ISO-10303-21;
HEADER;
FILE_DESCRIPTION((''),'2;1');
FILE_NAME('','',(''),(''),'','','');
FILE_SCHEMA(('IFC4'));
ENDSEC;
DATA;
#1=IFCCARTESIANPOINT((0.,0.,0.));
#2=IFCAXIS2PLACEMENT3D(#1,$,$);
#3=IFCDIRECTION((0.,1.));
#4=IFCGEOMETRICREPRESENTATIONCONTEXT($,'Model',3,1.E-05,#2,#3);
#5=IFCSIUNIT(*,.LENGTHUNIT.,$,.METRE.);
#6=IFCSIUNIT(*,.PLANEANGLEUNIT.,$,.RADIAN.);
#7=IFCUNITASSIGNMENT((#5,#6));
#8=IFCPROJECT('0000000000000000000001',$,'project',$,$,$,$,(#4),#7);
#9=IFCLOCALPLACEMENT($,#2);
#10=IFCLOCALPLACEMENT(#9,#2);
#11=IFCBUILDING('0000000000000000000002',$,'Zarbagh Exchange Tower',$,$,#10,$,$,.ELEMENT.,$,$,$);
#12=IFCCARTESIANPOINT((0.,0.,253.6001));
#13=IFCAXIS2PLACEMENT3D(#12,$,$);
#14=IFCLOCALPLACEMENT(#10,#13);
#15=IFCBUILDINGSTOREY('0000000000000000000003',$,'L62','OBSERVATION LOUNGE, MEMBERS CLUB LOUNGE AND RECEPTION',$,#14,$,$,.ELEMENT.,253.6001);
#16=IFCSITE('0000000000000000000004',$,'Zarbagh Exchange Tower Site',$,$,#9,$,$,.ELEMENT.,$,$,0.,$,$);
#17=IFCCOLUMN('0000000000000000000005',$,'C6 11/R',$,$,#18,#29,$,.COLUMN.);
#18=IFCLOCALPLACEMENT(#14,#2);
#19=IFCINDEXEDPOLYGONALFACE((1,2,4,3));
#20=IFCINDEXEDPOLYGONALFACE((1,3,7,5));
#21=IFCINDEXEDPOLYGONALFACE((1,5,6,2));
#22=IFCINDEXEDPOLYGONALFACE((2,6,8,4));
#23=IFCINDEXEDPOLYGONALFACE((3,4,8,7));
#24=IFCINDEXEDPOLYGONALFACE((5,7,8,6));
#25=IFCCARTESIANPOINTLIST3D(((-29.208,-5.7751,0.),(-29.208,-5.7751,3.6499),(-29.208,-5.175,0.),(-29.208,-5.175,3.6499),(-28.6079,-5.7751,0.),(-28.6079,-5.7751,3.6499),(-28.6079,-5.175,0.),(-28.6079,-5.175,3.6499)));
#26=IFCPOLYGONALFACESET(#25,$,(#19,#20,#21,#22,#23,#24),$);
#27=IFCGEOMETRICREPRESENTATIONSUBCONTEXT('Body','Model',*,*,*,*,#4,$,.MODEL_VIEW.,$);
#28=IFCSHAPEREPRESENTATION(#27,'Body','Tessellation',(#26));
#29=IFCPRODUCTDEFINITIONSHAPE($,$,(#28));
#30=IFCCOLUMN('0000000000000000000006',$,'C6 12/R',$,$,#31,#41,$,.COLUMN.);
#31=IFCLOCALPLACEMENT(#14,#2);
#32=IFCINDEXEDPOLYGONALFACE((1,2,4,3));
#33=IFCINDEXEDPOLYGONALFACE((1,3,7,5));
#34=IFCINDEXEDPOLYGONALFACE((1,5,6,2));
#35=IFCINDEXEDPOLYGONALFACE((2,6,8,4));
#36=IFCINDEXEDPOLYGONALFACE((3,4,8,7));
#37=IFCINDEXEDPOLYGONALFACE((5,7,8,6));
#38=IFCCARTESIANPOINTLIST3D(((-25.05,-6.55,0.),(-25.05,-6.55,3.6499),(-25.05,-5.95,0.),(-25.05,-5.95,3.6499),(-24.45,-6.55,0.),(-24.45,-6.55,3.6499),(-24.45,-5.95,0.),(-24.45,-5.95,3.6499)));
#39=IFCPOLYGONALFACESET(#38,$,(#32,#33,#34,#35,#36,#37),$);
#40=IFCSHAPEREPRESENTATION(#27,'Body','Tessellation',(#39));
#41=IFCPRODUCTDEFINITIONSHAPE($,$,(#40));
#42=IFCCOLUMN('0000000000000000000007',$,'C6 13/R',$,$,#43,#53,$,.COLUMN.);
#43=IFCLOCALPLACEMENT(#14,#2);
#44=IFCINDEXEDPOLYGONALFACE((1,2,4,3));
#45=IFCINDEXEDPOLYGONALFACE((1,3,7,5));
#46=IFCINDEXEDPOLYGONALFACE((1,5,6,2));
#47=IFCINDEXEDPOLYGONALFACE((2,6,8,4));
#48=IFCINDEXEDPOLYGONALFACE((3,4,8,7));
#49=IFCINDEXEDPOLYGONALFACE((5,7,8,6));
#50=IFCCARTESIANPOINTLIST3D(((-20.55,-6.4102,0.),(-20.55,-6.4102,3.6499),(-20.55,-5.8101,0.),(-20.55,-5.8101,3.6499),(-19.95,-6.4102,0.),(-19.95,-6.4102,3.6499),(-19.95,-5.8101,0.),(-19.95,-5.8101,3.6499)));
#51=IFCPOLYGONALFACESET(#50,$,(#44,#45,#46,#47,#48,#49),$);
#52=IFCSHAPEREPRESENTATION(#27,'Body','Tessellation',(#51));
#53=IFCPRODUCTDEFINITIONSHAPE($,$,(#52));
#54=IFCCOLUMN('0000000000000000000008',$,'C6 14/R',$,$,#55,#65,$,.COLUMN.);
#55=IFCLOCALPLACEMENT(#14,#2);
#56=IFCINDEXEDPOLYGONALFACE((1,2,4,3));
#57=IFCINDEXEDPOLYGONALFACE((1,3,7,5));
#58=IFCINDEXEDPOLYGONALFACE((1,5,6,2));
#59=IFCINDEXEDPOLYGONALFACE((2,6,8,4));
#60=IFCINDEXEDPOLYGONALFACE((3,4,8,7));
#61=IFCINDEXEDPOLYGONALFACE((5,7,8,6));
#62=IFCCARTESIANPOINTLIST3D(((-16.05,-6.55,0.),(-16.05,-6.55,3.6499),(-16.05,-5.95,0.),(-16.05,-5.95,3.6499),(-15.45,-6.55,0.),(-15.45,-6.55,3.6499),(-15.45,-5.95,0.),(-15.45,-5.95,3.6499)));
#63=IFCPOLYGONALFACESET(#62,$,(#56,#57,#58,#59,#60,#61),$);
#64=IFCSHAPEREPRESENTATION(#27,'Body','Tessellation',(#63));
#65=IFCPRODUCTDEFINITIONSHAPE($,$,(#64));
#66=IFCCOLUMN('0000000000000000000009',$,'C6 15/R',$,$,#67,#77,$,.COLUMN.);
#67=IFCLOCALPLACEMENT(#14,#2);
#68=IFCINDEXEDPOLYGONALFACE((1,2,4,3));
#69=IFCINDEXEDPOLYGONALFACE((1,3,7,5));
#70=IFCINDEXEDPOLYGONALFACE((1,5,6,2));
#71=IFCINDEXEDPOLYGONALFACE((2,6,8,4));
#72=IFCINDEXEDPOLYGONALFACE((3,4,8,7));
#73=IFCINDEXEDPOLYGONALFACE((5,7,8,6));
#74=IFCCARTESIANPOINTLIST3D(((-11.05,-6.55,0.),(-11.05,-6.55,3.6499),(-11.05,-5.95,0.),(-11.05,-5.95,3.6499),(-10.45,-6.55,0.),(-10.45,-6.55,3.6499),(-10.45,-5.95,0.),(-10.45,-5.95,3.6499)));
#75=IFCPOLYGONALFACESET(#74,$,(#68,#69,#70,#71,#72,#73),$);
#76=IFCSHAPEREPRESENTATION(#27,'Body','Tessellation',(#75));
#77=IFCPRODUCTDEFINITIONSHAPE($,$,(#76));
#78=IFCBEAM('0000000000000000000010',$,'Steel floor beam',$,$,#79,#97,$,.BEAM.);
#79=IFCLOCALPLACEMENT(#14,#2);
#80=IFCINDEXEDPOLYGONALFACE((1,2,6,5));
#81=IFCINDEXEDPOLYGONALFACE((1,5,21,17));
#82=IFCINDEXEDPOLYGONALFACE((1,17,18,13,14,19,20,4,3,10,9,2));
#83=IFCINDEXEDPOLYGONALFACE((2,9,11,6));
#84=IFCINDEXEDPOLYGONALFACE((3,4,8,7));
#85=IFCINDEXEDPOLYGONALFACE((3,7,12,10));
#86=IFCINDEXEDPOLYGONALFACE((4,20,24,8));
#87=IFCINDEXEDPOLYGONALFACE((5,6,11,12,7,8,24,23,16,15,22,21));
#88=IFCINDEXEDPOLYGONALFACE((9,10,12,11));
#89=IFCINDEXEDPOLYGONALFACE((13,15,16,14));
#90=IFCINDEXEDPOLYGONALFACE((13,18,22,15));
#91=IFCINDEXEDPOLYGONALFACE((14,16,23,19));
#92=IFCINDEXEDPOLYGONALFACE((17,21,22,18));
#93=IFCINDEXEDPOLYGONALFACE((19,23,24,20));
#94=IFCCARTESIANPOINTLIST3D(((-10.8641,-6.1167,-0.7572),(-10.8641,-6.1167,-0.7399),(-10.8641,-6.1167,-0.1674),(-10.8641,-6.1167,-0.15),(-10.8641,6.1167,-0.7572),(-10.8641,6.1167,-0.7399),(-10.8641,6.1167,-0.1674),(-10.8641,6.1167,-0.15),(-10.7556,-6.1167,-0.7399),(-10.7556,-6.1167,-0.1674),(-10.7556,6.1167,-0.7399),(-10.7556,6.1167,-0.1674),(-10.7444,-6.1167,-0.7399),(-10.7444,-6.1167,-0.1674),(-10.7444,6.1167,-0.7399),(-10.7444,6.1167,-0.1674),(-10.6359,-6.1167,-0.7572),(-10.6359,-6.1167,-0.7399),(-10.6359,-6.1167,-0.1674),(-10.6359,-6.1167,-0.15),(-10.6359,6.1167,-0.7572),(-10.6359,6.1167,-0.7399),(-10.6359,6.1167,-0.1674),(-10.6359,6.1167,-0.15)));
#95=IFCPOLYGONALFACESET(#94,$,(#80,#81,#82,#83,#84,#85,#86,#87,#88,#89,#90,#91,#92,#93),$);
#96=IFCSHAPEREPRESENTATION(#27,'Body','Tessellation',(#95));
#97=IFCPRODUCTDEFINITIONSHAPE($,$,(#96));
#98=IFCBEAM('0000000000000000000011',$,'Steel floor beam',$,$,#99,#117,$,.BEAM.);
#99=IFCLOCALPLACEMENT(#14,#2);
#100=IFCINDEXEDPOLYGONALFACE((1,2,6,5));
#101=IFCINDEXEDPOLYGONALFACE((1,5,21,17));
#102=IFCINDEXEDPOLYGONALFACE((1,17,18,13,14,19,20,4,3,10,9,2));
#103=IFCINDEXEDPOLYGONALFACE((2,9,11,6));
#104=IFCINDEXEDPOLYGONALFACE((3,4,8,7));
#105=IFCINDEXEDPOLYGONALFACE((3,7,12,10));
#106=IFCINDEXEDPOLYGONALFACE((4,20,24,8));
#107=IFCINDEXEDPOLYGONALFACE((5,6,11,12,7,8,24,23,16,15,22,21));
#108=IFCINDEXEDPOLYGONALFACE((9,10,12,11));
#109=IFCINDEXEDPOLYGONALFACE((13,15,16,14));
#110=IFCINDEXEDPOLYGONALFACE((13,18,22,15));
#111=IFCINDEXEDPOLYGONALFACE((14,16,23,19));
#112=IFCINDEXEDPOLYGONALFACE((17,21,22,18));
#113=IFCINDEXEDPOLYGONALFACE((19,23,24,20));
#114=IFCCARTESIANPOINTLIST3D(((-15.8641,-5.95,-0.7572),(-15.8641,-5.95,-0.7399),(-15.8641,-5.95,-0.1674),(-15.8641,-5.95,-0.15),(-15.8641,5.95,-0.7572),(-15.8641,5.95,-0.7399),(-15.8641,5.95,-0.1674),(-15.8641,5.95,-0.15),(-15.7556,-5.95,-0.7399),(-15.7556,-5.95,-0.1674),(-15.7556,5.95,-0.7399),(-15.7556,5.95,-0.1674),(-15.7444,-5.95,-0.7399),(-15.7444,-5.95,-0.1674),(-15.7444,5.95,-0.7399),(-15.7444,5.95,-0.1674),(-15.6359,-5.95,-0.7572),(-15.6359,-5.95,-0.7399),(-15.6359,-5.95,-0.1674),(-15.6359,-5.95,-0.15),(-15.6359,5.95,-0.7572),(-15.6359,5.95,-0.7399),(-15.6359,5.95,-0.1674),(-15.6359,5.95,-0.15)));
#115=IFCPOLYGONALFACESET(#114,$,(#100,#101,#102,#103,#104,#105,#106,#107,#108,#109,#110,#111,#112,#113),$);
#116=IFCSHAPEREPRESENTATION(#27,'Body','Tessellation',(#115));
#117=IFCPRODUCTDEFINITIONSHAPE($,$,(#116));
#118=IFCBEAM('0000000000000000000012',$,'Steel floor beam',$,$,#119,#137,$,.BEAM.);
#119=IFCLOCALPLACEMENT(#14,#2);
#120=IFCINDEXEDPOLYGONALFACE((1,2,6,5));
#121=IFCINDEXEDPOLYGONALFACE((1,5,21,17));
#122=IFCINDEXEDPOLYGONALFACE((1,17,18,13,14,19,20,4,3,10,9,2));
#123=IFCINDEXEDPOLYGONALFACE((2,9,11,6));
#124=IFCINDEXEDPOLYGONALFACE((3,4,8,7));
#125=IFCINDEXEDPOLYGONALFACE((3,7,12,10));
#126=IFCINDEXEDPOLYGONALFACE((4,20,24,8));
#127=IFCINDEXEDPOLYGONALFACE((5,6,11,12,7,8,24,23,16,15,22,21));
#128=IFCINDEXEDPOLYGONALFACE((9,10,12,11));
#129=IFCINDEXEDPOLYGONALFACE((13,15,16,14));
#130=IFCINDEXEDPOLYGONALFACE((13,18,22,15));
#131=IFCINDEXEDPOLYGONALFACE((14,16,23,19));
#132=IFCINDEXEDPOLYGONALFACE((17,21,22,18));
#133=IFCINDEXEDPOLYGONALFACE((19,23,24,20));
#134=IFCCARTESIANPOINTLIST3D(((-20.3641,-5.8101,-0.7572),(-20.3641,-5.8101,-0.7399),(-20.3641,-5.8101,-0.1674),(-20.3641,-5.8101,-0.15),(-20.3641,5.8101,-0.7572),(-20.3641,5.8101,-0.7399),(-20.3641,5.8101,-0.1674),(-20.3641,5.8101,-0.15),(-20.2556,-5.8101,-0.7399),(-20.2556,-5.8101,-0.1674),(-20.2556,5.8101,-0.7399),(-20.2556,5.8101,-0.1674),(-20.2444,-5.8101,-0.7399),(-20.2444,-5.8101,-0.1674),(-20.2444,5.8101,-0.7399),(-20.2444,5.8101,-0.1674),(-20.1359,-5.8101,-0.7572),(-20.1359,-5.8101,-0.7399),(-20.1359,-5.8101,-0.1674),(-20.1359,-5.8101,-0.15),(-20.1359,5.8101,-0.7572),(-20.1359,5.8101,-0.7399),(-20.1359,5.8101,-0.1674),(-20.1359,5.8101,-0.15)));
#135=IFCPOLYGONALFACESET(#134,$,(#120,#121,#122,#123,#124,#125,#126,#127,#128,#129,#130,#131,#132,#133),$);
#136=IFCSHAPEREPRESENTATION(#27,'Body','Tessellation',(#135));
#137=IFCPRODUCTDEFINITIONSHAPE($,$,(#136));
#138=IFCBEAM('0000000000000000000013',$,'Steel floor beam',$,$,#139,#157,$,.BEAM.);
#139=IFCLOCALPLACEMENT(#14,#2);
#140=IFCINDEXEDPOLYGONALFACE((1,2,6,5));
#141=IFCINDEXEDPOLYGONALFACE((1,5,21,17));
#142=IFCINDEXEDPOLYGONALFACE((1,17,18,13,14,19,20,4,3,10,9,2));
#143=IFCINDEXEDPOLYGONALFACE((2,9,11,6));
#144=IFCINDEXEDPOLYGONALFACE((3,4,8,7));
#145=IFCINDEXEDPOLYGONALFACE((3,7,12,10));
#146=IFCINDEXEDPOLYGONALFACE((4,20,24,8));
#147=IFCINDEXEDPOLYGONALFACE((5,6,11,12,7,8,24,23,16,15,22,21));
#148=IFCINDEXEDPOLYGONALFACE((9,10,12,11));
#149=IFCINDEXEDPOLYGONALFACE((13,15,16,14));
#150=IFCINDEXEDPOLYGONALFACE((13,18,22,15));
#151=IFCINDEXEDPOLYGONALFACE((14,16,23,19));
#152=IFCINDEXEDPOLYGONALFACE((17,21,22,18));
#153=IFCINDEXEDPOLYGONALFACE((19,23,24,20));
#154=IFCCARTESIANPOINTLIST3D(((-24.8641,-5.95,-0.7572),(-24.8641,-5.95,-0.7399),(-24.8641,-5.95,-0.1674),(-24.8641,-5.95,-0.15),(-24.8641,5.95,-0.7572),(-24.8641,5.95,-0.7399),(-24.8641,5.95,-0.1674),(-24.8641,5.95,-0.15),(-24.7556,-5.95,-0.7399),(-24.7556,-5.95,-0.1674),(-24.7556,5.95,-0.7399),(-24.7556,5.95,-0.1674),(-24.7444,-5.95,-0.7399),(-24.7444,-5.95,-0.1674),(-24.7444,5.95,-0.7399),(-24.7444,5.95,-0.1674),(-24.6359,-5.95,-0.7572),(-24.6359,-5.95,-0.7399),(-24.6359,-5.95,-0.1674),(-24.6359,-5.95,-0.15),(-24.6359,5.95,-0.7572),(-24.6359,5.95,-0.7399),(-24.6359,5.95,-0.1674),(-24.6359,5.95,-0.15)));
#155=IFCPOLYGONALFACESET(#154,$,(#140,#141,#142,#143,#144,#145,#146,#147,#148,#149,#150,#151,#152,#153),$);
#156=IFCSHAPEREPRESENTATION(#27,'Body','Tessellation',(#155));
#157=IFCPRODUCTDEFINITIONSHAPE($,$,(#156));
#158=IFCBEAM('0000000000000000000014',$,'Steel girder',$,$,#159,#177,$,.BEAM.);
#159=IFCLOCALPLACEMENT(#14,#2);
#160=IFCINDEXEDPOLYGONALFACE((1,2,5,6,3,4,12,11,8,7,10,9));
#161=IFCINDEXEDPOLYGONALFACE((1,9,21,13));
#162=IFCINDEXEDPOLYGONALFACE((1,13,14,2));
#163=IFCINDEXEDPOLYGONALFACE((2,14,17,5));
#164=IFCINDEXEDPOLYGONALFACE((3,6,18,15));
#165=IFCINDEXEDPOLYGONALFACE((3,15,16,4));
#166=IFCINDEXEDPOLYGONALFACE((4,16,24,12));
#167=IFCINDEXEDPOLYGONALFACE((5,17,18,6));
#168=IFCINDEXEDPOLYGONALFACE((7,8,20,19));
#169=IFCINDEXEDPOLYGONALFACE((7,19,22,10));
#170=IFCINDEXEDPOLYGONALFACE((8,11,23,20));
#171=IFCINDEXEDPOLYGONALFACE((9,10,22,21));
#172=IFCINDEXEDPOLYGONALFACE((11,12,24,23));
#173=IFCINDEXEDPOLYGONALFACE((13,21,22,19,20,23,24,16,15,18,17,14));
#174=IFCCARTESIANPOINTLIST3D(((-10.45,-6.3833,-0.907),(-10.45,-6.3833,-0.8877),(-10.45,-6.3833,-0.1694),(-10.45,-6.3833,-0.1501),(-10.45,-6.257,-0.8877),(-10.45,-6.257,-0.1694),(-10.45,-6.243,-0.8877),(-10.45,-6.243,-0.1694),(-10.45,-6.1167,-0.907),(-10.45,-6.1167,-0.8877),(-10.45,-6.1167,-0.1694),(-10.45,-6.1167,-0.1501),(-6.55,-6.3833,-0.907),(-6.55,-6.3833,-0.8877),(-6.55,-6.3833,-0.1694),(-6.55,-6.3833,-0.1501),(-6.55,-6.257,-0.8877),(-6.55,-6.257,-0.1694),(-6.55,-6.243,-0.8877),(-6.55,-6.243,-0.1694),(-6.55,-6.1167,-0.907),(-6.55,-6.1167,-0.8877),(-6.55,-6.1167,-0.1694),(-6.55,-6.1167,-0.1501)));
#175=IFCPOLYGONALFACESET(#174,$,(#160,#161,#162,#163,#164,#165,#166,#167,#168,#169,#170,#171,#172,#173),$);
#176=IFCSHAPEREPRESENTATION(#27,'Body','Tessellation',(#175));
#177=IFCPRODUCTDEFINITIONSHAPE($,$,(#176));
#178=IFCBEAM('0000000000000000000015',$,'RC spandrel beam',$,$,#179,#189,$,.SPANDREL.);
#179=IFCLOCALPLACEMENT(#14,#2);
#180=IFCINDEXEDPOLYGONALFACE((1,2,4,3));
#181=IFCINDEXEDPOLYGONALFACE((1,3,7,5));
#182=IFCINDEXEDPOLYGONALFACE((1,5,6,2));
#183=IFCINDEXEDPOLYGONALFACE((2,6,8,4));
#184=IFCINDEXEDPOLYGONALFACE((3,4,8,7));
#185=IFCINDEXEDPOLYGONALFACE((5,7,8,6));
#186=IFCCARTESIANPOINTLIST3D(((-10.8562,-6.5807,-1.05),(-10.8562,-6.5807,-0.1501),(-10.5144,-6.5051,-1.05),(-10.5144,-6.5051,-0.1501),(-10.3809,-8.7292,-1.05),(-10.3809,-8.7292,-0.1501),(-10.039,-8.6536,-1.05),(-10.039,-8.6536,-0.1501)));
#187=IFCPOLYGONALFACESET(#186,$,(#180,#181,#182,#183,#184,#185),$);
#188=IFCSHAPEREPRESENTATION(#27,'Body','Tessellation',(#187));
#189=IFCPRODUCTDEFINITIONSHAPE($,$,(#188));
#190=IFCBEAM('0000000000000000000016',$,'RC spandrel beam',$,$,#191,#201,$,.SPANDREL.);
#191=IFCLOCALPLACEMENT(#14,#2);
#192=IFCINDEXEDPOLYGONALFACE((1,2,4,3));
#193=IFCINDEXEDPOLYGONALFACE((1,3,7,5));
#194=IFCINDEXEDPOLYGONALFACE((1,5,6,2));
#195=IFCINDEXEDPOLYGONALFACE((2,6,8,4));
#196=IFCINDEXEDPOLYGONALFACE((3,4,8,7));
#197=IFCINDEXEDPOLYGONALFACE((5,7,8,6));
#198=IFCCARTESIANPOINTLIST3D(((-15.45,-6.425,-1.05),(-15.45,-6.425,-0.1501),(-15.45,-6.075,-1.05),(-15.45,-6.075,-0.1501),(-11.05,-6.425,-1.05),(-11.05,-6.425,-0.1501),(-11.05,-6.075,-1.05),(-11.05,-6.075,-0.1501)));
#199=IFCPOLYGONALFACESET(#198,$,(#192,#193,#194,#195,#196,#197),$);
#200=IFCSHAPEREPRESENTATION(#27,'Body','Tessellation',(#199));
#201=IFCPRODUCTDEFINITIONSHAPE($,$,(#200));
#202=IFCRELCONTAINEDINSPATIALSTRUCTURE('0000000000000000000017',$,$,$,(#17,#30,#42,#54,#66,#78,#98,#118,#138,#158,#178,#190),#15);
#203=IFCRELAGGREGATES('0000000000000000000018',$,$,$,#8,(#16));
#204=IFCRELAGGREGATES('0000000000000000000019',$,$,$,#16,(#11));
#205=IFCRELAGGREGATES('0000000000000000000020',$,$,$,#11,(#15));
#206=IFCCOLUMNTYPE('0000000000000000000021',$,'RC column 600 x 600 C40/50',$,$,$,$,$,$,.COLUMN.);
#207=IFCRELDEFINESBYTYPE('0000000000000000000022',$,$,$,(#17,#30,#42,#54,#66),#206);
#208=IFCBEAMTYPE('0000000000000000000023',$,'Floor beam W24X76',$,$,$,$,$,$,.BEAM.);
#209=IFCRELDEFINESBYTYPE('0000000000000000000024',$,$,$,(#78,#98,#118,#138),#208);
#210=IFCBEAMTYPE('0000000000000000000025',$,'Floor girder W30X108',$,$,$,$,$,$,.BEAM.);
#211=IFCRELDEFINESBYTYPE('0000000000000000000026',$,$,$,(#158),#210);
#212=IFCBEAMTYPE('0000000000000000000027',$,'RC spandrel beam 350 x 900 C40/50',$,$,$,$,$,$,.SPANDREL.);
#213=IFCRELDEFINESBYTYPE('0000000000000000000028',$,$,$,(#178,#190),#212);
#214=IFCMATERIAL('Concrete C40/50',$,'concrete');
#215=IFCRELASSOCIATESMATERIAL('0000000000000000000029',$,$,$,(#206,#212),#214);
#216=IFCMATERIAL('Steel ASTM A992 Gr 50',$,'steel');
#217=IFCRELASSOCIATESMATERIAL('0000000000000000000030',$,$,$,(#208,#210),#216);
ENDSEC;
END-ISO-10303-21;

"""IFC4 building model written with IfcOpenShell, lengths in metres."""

from ifc_helpers import new_model, si_unit, direction, frame, origin, origin_2d, place, context, subcontext, project, spatial, rectangle, i_section, extrude, material, material_profile, profile_set, type_object, element, save


model = new_model("IFC4")

# Units and contexts
model_context = context("Model", 3, precision=1e-05, world=origin(), true_north=direction((0.0, 1.0)))
body_context = subcontext(model_context, "Body", "Model", "MODEL_VIEW")
ifc_project = project(units=[si_unit("LENGTHUNIT", "METRE"), si_unit("PLANEANGLEUNIT", "RADIAN")], contexts=[model_context])

# Site, building, storey
site_placement = place(None, origin())
site = spatial("IfcSite", under=ifc_project, at=site_placement, Name="Zarbagh Exchange Tower Site", CompositionType="ELEMENT", RefElevation=0.0)
building_placement = place(site_placement, origin())
building = spatial("IfcBuilding", under=site, at=building_placement, Name="Zarbagh Exchange Tower", CompositionType="ELEMENT")
storey_placement = place(building_placement, frame((0.0, 0.0, 253.6001)))
storey = spatial("IfcBuildingStorey", under=building, at=storey_placement, Name="L62", Description="OBSERVATION LOUNGE, MEMBERS CLUB LOUNGE AND RECEPTION", CompositionType="ELEMENT", Elevation=253.6001)

# Columns
ifc_material_1 = material(Name="Concrete C40/50", Category="concrete")
ifc_material_profile_1 = material_profile(ifc_material_1, rectangle(XDim=0.6001, YDim=0.6001, at=origin_2d()), Name="RC column 600 x 600 C40/50")
ifc_profile_set_1 = profile_set([ifc_material_profile_1], Name="Concrete C40/50")
column_type = type_object("IfcColumnType", Name="RC column 600 x 600 C40/50", PredefinedType="COLUMN", material=ifc_profile_set_1)
for number, where, z_axis, x_axis, name in (
    (1, (-28.908, -5.4751, 0.0), (0.0, 0.0, 1.0), (1.0, 0.0, 0.0), "C6 11/R"),
    (2, (-24.75, -6.25, 0.0), (0.0, 0.0, 1.0), (1.0, 0.0, 0.0), "C6 12/R"),
    (3, (-20.25, -6.1101, 0.0), (0.0, 0.0, 1.0), (1.0, 0.0, 0.0), "C6 13/R"),
    (4, (-15.75, -6.25, 0.0), (0.0, 0.0, 1.0), (1.0, 0.0, 0.0), "C6 14/R"),
    (5, (-10.75, -6.25, 0.0), (0.0, 0.0, 1.0), (1.0, 0.0, 0.0), "C6 15/R"),
):
    element("IfcColumn", number, at=place(storey_placement, frame(where, z_axis=z_axis, x_axis=x_axis)), inside=storey, type_object=column_type, Name=name, PredefinedType="COLUMN", context=body_context, shape_type="SweptSolid", body=[
        extrude(rectangle(XDim=0.6001, YDim=0.6001, at=origin_2d()), origin(), (0.0, 0.0, 1.0), 3.6499),
    ])

# Beams
ifc_material_2 = material(Name="Steel ASTM A992 Gr 50", Category="steel")
ifc_material_profile_2 = material_profile(ifc_material_2, i_section(OverallWidth=0.2283, OverallDepth=0.6072, WebThickness=0.0112, FlangeThickness=0.0173, at=origin_2d()), Name="W24X76")
ifc_profile_set_2 = profile_set([ifc_material_profile_2], Name="Steel ASTM A992 Gr 50")
beam_type_1 = type_object("IfcBeamType", Name="Floor beam W24X76", PredefinedType="BEAM", material=ifc_profile_set_2)
beam_1_placement = place(storey_placement, frame((-10.75, -6.1167, -0.4536), z_axis=(0.0, 1.0, 0.0), x_axis=(-1.0, 0.0, 0.0)))
element("IfcBeam", 6, at=beam_1_placement, inside=storey, type_object=beam_type_1, Name="Steel floor beam", PredefinedType="BEAM", context=body_context, shape_type="SweptSolid", body=[
    extrude(i_section(OverallWidth=0.2283, OverallDepth=0.6072, WebThickness=0.0112, FlangeThickness=0.0173, at=origin_2d()), origin(), (0.0, 0.0, 1.0), 12.2334),
])
beam_2_placement = place(storey_placement, frame((-15.75, -5.95, -0.4536), z_axis=(0.0, 1.0, 0.0), x_axis=(-1.0, 0.0, 0.0)))
element("IfcBeam", 7, at=beam_2_placement, inside=storey, type_object=beam_type_1, Name="Steel floor beam", PredefinedType="BEAM", context=body_context, shape_type="SweptSolid", body=[
    extrude(i_section(OverallWidth=0.2283, OverallDepth=0.6072, WebThickness=0.0112, FlangeThickness=0.0173, at=origin_2d()), origin(), (0.0, 0.0, 1.0), 11.8999),
])
beam_3_placement = place(storey_placement, frame((-20.25, -5.8101, -0.4536), z_axis=(0.0, 1.0, 0.0), x_axis=(-1.0, 0.0, 0.0)))
element("IfcBeam", 8, at=beam_3_placement, inside=storey, type_object=beam_type_1, Name="Steel floor beam", PredefinedType="BEAM", context=body_context, shape_type="SweptSolid", body=[
    extrude(i_section(OverallWidth=0.2283, OverallDepth=0.6072, WebThickness=0.0112, FlangeThickness=0.0173, at=origin_2d()), origin(), (0.0, 0.0, 1.0), 11.6201),
])
beam_4_placement = place(storey_placement, frame((-24.75, -5.95, -0.4536), z_axis=(0.0, 1.0, 0.0), x_axis=(-1.0, 0.0, 0.0)))
element("IfcBeam", 9, at=beam_4_placement, inside=storey, type_object=beam_type_1, Name="Steel floor beam", PredefinedType="BEAM", context=body_context, shape_type="SweptSolid", body=[
    extrude(i_section(OverallWidth=0.2283, OverallDepth=0.6072, WebThickness=0.0112, FlangeThickness=0.0173, at=origin_2d()), origin(), (0.0, 0.0, 1.0), 11.8999),
])
ifc_material_profile_3 = material_profile(ifc_material_2, i_section(OverallWidth=0.2666, OverallDepth=0.7568, WebThickness=0.0139, FlangeThickness=0.0193, at=origin_2d()), Name="W30X108")
ifc_profile_set_3 = profile_set([ifc_material_profile_3], Name="Steel ASTM A992 Gr 50")
beam_type_2 = type_object("IfcBeamType", Name="Floor girder W30X108", PredefinedType="BEAM", material=ifc_profile_set_3)
beam_5_placement = place(storey_placement, frame((-10.45, -6.25, -0.5286), z_axis=(1.0, 0.0, 0.0), x_axis=(0.0, 1.0, 0.0)))
element("IfcBeam", 10, at=beam_5_placement, inside=storey, type_object=beam_type_2, Name="Steel girder", PredefinedType="BEAM", context=body_context, shape_type="SweptSolid", body=[
    extrude(i_section(OverallWidth=0.2666, OverallDepth=0.7568, WebThickness=0.0139, FlangeThickness=0.0193, at=origin_2d()), origin(), (0.0, 0.0, 1.0), 3.8999),
])
ifc_material_profile_4 = material_profile(ifc_material_1, rectangle(XDim=0.3501, YDim=0.8999, at=origin_2d()), Name="RC spandrel beam 350 x 900 C40/50")
ifc_profile_set_4 = profile_set([ifc_material_profile_4], Name="Concrete C40/50")
beam_type_3 = type_object("IfcBeamType", Name="RC spandrel beam 350 x 900 C40/50", PredefinedType="SPANDREL", material=ifc_profile_set_4)
beam_6_placement = place(storey_placement, frame((-10.21, -8.6914, -0.6001), z_axis=(-0.216026, 0.976388, 0.0), x_axis=(-0.976388, -0.216026, 0.0)))
element("IfcBeam", 11, at=beam_6_placement, inside=storey, type_object=beam_type_3, Name="RC spandrel beam", PredefinedType="SPANDREL", context=body_context, shape_type="SweptSolid", body=[
    extrude(rectangle(XDim=0.3501, YDim=0.8999, at=origin_2d()), origin(), (0.0, 0.0, 1.0), 2.2004),
])
beam_7_placement = place(storey_placement, frame((-11.05, -6.25, -0.6001), z_axis=(-1.0, 0.0, 0.0), x_axis=(0.0, -1.0, 0.0)))
element("IfcBeam", 12, at=beam_7_placement, inside=storey, type_object=beam_type_3, Name="RC spandrel beam", PredefinedType="SPANDREL", context=body_context, shape_type="SweptSolid", body=[
    extrude(rectangle(XDim=0.3501, YDim=0.8999, at=origin_2d()), origin(), (0.0, 0.0, 1.0), 4.3999),
])

save(model, "model.ifc")
